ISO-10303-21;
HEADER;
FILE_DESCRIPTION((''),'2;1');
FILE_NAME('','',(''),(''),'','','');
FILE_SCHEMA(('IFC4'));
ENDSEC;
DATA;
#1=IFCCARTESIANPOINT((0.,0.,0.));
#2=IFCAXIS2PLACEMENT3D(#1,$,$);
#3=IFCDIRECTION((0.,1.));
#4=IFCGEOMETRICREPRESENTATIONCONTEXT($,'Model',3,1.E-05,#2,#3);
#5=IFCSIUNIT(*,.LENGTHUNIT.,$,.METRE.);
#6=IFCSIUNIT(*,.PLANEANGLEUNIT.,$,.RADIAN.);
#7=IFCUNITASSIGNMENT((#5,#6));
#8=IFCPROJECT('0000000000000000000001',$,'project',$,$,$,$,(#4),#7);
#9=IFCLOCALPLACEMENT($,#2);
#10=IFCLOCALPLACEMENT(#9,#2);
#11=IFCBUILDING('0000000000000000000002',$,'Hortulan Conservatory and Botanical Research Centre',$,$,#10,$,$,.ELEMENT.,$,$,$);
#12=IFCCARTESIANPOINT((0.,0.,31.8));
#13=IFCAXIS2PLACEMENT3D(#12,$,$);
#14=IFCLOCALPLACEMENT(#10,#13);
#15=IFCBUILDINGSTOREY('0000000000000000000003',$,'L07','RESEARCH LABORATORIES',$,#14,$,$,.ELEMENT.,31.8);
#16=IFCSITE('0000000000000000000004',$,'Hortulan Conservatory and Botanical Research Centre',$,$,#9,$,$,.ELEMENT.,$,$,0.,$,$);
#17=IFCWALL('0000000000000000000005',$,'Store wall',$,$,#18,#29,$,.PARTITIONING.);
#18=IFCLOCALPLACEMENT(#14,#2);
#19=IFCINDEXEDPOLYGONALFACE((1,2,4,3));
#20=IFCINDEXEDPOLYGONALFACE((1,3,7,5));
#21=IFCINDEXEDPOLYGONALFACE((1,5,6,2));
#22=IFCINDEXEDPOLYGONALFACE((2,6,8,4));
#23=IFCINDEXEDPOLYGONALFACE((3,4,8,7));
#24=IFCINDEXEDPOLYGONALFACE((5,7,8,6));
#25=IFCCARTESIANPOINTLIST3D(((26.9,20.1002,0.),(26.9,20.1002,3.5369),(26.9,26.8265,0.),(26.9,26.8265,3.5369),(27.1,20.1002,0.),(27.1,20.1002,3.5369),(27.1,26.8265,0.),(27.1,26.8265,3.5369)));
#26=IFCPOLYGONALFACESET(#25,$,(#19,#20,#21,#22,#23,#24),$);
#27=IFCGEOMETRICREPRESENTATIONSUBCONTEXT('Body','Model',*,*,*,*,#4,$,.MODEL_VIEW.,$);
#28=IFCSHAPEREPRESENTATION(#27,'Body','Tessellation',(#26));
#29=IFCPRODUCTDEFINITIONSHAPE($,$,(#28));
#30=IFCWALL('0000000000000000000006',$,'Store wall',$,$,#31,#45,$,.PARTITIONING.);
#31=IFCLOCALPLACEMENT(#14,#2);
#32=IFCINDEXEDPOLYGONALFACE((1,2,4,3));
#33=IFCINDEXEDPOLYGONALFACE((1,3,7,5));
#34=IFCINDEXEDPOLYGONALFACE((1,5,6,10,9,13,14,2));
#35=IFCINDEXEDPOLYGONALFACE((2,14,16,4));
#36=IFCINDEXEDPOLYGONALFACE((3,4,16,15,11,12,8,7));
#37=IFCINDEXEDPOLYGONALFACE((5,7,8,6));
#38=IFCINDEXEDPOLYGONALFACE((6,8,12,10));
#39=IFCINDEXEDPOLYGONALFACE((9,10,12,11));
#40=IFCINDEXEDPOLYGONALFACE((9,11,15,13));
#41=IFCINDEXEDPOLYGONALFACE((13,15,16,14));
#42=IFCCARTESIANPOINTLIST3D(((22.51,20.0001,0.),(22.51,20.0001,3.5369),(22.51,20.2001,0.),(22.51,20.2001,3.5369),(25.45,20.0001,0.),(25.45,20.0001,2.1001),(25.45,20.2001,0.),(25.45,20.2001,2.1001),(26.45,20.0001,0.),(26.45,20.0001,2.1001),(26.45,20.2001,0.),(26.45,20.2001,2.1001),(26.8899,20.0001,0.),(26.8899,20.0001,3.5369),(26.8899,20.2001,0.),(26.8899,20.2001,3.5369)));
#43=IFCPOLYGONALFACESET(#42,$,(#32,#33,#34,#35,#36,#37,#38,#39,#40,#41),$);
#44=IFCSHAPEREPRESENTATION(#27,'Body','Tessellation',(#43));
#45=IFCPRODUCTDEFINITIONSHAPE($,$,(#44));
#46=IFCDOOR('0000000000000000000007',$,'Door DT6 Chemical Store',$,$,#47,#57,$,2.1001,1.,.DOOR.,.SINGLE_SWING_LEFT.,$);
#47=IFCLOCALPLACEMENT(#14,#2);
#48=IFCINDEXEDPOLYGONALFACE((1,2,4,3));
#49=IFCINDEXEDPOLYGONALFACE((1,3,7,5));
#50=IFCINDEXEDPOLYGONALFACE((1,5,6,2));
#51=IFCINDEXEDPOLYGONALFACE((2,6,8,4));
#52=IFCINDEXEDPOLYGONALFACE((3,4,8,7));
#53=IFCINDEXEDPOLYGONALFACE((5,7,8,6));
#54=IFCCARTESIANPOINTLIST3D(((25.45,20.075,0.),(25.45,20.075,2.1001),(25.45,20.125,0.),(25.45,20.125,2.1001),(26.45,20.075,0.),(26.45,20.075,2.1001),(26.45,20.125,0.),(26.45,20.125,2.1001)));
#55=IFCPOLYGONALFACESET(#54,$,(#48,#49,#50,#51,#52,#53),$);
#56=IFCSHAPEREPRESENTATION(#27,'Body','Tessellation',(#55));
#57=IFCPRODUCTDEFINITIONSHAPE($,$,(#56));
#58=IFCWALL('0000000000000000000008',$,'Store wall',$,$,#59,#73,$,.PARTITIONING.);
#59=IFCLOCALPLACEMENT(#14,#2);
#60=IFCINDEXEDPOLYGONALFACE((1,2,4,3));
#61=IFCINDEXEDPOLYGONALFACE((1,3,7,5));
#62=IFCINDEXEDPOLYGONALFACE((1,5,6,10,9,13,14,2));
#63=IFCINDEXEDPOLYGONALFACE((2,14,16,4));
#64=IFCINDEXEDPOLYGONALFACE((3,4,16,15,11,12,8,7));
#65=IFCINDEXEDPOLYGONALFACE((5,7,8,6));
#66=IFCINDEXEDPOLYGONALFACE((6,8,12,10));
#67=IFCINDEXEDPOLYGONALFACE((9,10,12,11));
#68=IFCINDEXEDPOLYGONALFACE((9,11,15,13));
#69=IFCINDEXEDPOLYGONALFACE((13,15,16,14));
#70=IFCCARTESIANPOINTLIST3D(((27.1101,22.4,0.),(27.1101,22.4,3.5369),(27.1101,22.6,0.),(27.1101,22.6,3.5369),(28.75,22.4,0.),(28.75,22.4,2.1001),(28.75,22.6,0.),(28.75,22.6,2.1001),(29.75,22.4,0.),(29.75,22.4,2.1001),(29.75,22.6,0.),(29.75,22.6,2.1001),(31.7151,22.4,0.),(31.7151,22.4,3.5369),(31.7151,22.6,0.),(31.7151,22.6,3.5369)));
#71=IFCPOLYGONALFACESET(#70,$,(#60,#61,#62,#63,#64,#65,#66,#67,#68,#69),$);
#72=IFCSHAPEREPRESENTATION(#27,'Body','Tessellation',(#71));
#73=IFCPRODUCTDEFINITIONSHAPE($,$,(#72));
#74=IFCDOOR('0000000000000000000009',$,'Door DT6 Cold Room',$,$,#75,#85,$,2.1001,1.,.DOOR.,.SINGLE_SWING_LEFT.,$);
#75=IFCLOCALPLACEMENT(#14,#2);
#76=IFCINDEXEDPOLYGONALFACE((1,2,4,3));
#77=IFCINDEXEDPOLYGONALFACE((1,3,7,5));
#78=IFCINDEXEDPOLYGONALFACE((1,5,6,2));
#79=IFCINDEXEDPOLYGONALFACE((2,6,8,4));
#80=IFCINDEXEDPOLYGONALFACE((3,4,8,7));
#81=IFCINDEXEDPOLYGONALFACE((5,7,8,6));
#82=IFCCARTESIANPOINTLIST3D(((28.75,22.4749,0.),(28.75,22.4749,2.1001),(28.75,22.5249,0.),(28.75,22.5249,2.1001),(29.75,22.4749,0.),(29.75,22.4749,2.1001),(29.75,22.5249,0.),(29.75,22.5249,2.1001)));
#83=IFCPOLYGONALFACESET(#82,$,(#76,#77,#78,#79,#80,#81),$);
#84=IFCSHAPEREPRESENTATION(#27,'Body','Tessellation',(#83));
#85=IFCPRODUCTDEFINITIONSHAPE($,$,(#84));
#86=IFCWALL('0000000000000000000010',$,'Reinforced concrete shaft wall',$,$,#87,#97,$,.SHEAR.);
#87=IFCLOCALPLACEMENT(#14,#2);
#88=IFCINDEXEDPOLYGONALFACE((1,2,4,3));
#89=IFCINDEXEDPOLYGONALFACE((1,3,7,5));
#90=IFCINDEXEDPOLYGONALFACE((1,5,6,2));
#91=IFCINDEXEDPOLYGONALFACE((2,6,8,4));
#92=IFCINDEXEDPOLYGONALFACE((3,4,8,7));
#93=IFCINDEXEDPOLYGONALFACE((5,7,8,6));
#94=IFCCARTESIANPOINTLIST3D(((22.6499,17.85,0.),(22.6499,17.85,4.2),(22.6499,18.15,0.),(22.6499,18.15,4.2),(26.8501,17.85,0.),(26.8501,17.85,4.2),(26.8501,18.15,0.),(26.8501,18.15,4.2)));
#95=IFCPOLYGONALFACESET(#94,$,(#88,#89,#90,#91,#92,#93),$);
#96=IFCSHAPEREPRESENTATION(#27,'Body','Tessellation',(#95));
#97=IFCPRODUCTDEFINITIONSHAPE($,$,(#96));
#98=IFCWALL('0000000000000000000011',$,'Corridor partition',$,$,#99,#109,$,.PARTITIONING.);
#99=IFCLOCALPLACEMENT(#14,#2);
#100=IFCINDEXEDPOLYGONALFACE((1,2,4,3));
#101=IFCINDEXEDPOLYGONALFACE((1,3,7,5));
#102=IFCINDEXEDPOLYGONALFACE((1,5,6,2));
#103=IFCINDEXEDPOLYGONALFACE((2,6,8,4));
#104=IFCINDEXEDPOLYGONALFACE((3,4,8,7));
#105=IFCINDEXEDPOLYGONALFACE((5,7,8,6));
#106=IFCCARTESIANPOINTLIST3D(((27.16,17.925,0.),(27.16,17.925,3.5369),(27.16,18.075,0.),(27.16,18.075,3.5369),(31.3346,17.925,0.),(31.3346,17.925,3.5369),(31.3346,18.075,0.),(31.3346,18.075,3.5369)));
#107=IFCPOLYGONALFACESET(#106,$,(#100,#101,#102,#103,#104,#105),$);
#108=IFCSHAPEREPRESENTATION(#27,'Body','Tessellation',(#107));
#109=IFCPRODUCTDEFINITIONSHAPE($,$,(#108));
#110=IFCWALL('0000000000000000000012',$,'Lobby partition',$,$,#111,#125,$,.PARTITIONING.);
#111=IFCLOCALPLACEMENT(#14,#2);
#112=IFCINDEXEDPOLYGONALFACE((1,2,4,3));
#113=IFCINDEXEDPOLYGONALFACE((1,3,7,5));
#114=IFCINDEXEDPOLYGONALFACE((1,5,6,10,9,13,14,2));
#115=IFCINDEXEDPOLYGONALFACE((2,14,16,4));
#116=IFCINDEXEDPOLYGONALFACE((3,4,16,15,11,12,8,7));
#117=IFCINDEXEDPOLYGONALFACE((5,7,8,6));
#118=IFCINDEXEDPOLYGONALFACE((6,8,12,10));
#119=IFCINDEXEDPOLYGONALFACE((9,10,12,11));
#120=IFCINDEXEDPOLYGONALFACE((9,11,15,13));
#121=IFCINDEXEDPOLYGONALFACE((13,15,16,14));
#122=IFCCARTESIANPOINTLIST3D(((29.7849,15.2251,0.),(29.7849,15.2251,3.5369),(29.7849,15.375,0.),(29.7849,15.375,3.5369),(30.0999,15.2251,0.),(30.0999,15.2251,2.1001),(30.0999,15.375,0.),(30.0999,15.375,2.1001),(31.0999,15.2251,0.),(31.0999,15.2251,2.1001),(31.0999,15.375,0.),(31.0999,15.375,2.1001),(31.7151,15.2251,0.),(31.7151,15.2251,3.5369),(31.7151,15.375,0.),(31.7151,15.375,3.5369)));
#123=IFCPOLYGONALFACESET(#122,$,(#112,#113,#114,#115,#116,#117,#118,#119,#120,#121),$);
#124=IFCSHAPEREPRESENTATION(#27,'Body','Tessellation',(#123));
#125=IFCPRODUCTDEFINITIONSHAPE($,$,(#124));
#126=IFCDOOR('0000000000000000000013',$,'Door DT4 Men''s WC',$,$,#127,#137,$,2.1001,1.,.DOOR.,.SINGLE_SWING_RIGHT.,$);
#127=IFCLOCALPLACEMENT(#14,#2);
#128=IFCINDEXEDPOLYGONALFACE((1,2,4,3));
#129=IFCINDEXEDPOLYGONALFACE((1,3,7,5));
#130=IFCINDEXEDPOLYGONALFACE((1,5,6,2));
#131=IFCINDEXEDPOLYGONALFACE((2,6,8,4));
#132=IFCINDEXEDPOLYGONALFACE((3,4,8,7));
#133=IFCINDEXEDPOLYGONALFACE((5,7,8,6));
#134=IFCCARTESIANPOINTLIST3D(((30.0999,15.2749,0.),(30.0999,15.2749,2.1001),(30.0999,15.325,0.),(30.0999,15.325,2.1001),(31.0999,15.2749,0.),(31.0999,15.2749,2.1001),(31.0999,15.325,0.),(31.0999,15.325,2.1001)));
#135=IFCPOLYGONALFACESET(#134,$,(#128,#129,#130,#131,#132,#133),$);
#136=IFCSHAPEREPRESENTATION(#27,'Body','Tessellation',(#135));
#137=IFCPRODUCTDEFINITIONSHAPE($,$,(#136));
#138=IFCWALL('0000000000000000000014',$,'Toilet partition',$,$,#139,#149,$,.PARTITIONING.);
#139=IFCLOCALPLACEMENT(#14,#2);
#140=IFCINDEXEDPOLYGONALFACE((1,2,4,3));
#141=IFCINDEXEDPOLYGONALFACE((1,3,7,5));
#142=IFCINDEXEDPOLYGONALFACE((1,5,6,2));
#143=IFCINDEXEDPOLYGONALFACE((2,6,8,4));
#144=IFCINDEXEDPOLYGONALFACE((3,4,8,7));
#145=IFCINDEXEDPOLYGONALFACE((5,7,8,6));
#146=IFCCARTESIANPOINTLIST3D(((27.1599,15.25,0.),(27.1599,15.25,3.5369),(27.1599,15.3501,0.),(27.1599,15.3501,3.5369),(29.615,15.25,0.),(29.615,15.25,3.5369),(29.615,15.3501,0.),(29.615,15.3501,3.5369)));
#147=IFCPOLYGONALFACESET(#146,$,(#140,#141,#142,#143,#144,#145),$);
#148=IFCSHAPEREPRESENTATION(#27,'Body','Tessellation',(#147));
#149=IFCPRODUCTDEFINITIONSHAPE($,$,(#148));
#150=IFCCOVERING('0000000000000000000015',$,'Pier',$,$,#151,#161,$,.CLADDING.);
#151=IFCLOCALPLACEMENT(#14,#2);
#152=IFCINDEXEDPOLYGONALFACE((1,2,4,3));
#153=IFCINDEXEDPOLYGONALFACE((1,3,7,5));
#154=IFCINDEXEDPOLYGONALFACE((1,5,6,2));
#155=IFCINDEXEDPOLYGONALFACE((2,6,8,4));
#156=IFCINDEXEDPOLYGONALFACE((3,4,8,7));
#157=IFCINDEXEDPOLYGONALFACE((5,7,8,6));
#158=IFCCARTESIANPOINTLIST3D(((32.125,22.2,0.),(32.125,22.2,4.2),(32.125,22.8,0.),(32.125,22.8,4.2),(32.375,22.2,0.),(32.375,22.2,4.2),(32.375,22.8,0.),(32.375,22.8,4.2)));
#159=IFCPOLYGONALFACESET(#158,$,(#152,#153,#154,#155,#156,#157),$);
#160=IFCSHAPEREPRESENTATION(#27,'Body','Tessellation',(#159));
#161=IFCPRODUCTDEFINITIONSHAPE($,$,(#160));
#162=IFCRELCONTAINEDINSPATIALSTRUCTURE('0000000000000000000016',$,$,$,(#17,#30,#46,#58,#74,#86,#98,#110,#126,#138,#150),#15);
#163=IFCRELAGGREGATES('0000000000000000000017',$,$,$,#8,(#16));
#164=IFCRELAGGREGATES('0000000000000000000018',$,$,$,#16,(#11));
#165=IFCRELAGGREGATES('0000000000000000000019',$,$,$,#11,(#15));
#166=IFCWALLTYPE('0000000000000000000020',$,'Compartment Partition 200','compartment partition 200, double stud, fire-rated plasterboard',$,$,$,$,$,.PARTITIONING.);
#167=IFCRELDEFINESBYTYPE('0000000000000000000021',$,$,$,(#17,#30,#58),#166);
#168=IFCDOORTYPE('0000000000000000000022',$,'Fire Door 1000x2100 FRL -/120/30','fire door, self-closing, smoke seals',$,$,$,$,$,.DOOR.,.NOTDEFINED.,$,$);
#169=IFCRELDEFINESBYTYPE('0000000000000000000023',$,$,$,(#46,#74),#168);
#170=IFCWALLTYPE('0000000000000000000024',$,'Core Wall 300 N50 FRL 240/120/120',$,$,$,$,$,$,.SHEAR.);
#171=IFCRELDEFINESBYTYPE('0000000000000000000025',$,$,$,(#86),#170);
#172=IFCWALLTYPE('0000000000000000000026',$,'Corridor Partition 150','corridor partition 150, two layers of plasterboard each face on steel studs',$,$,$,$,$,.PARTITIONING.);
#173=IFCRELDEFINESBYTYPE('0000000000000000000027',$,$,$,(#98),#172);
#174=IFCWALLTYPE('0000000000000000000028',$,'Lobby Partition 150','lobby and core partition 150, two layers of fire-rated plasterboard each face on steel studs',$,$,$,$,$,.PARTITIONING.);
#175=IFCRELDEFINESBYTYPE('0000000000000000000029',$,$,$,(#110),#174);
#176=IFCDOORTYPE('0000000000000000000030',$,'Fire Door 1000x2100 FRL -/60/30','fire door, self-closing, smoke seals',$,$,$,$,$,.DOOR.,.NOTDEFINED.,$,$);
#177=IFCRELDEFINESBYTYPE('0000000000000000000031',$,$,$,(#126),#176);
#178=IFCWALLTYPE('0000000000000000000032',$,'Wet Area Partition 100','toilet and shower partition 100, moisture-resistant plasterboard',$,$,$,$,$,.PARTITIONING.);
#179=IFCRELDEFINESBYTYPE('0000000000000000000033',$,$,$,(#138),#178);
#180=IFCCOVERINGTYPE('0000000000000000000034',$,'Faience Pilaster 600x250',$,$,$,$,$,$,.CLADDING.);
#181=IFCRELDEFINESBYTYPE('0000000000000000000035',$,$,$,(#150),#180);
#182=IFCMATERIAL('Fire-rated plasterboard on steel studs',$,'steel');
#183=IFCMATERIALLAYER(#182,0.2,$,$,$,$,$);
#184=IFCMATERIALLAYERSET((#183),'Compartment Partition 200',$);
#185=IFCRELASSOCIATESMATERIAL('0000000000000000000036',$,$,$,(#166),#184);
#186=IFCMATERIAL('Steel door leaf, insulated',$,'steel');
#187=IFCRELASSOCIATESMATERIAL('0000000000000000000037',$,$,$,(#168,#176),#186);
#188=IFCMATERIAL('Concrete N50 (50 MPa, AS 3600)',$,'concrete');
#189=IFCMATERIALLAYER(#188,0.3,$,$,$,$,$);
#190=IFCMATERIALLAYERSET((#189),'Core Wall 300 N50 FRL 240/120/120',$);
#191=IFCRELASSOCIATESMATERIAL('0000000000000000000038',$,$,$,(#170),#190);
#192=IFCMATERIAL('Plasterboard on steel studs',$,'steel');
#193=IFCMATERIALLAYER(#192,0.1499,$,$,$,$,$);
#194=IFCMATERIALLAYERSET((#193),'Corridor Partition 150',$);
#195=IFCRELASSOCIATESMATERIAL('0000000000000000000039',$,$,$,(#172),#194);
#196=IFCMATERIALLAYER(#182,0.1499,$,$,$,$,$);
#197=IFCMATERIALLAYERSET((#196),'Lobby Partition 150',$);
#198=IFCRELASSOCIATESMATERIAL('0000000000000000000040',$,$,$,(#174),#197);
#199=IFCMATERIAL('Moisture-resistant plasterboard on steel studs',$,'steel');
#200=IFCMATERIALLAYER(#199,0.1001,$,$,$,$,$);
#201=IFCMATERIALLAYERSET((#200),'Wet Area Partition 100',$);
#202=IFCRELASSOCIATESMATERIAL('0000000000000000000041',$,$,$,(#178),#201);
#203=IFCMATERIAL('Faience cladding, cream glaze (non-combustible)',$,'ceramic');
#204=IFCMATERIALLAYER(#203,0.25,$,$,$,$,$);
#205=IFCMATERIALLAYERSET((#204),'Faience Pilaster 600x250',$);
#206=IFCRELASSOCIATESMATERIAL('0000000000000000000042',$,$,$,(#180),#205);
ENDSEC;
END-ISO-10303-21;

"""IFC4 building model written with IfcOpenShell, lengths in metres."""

from ifc_helpers import new_model, si_unit, direction, frame, frame_2d, origin, origin_2d, place, context, subcontext, project, spatial, rectangle, extrude, material, layer, layer_set, type_object, element, fill, save


model = new_model("IFC4")

# Units and contexts
model_context = context("Model", 3, precision=1e-05, world=origin(), true_north=direction((0.0, 1.0)))
body_context = subcontext(model_context, "Body", "Model", "MODEL_VIEW")
ifc_project = project(units=[si_unit("LENGTHUNIT", "METRE"), si_unit("PLANEANGLEUNIT", "RADIAN")], contexts=[model_context])

# Site, building, storey
site_placement = place(None, origin())
site = spatial("IfcSite", under=ifc_project, at=site_placement, Name="Hortulan Conservatory and Botanical Research Centre", CompositionType="ELEMENT", RefElevation=0.0)
building_placement = place(site_placement, origin())
building = spatial("IfcBuilding", under=site, at=building_placement, Name="Hortulan Conservatory and Botanical Research Centre", CompositionType="ELEMENT")
storey_placement = place(building_placement, frame((0.0, 0.0, 31.8)))
storey = spatial("IfcBuildingStorey", under=building, at=storey_placement, Name="L07", Description="RESEARCH LABORATORIES", CompositionType="ELEMENT", Elevation=31.8)

# Wall
ifc_material_1 = material(Name="Fire-rated plasterboard on steel studs", Category="steel")
ifc_layer_1 = layer(ifc_material_1, 0.2)
ifc_layer_set_1 = layer_set([ifc_layer_1], Name="Compartment Partition 200")
wall_type_1 = type_object("IfcWallType", Name="Compartment Partition 200", Description="compartment partition 200, double stud, fire-rated plasterboard", PredefinedType="PARTITIONING", material=ifc_layer_set_1)
wall_1_placement = place(storey_placement, frame((27.0, 20.1001, 0.0), z_axis=(0.0, 0.0, 1.0), x_axis=(0.0, 1.0, 0.0)))
element("IfcWall", 1, at=wall_1_placement, inside=storey, type_object=wall_type_1, Name="Store wall", PredefinedType="PARTITIONING", context=body_context, shape_type="SweptSolid", body=[
    extrude(rectangle(XDim=6.7263, YDim=0.2, at=frame_2d((3.3633, 0.0))), origin(), (0.0, 0.0, 1.0), 3.5369),
])

# Walls, openings, doors
wall_2_placement = place(storey_placement, frame((22.51, 20.1001, 0.0), z_axis=(0.0, 0.0, 1.0), x_axis=(1.0, 0.0, 0.0)))
wall_2 = element("IfcWall", 2, at=wall_2_placement, inside=storey, type_object=wall_type_1, Name="Store wall", PredefinedType="PARTITIONING", context=body_context, shape_type="SweptSolid", body=[
    extrude(rectangle(XDim=4.3799, YDim=0.2, at=frame_2d((2.1899, 0.0))), origin(), (0.0, 0.0, 1.0), 3.5369),
])
opening_1_placement = place(wall_2_placement, frame((2.9399, 0.0, 0.0)))
opening_1 = element("IfcOpeningElement", 3, at=opening_1_placement, cuts=wall_2, PredefinedType="OPENING", context=body_context, shape_type="SweptSolid", body=[
    extrude(rectangle(XDim=1.0, YDim=2.1001, at=frame_2d((0.5, 1.05))), frame((0.0, 0.1099, 0.0), z_axis=(0.0, -1.0, 0.0), x_axis=(1.0, 0.0, 0.0)), (0.0, 0.0, 1.0), 0.22),
])
ifc_material_2 = material(Name="Steel door leaf, insulated", Category="steel")
door_type_1 = type_object("IfcDoorType", Name="Fire Door 1000x2100 FRL -/120/30", Description="fire door, self-closing, smoke seals", OperationType="NOTDEFINED", PredefinedType="DOOR", material=ifc_material_2)
door_1_placement = place(opening_1_placement, origin())
door_1 = element("IfcDoor", 4, at=door_1_placement, inside=storey, type_object=door_type_1, Name="Door DT6 Chemical Store", OperationType="SINGLE_SWING_LEFT", OverallHeight=2.1001, OverallWidth=1.0, PredefinedType="DOOR", context=body_context, shape_type="SweptSolid", body=[
    extrude(rectangle(XDim=1.0, YDim=2.1001, at=frame_2d((0.5, 1.05))), frame((0.0, 0.0249, 0.0), z_axis=(0.0, -1.0, 0.0), x_axis=(1.0, 0.0, 0.0)), (0.0, 0.0, 1.0), 0.05),
])
fill(opening_1, door_1)
wall_3_placement = place(storey_placement, frame((27.1101, 22.5, 0.0), z_axis=(0.0, 0.0, 1.0), x_axis=(1.0, 0.0, 0.0)))
wall_3 = element("IfcWall", 5, at=wall_3_placement, inside=storey, type_object=wall_type_1, Name="Store wall", PredefinedType="PARTITIONING", context=body_context, shape_type="SweptSolid", body=[
    extrude(rectangle(XDim=4.605, YDim=0.2, at=frame_2d((2.3025, 0.0))), origin(), (0.0, 0.0, 1.0), 3.5369),
])
opening_2_placement = place(wall_3_placement, frame((1.6399, 0.0, 0.0)))
opening_2 = element("IfcOpeningElement", 6, at=opening_2_placement, cuts=wall_3, PredefinedType="OPENING", context=body_context, shape_type="SweptSolid", body=[
    extrude(rectangle(XDim=1.0, YDim=2.1001, at=frame_2d((0.5, 1.05))), frame((0.0, 0.1099, 0.0), z_axis=(0.0, -1.0, 0.0), x_axis=(1.0, 0.0, 0.0)), (0.0, 0.0, 1.0), 0.22),
])
door_2_placement = place(opening_2_placement, origin())
door_2 = element("IfcDoor", 7, at=door_2_placement, inside=storey, type_object=door_type_1, Name="Door DT6 Cold Room", OperationType="SINGLE_SWING_LEFT", OverallHeight=2.1001, OverallWidth=1.0, PredefinedType="DOOR", context=body_context, shape_type="SweptSolid", body=[
    extrude(rectangle(XDim=1.0, YDim=2.1001, at=frame_2d((0.5, 1.05))), frame((0.0, 0.0249, 0.0), z_axis=(0.0, -1.0, 0.0), x_axis=(1.0, 0.0, 0.0)), (0.0, 0.0, 1.0), 0.05),
])
fill(opening_2, door_2)

# Walls
ifc_material_3 = material(Name="Concrete N50 (50 MPa, AS 3600)", Category="concrete")
ifc_layer_2 = layer(ifc_material_3, 0.3)
ifc_layer_set_2 = layer_set([ifc_layer_2], Name="Core Wall 300 N50 FRL 240/120/120")
wall_type_2 = type_object("IfcWallType", Name="Core Wall 300 N50 FRL 240/120/120", PredefinedType="SHEAR", material=ifc_layer_set_2)
wall_4_placement = place(storey_placement, frame((22.6499, 18.0, 0.0), z_axis=(0.0, 0.0, 1.0), x_axis=(1.0, 0.0, 0.0)))
element("IfcWall", 8, at=wall_4_placement, inside=storey, type_object=wall_type_2, Name="Reinforced concrete shaft wall", PredefinedType="SHEAR", context=body_context, shape_type="SweptSolid", body=[
    extrude(rectangle(XDim=4.2002, YDim=0.3, at=frame_2d((2.1001, 0.0))), origin(), (0.0, 0.0, 1.0), 4.2),
])
ifc_material_4 = material(Name="Plasterboard on steel studs", Category="steel")
ifc_layer_3 = layer(ifc_material_4, 0.1499)
ifc_layer_set_3 = layer_set([ifc_layer_3], Name="Corridor Partition 150")
wall_type_3 = type_object("IfcWallType", Name="Corridor Partition 150", Description="corridor partition 150, two layers of plasterboard each face on steel studs", PredefinedType="PARTITIONING", material=ifc_layer_set_3)
wall_5_placement = place(storey_placement, frame((27.1599, 18.0, 0.0), z_axis=(0.0, 0.0, 1.0), x_axis=(1.0, 0.0, 0.0)))
element("IfcWall", 9, at=wall_5_placement, inside=storey, type_object=wall_type_3, Name="Corridor partition", PredefinedType="PARTITIONING", context=body_context, shape_type="SweptSolid", body=[
    extrude(rectangle(XDim=4.1746, YDim=0.1499, at=frame_2d((2.0874, 0.0))), origin(), (0.0, 0.0, 1.0), 3.5369),
])

# Wall, opening, door
ifc_layer_4 = layer(ifc_material_1, 0.1499)
ifc_layer_set_4 = layer_set([ifc_layer_4], Name="Lobby Partition 150")
wall_type_4 = type_object("IfcWallType", Name="Lobby Partition 150", Description="lobby and core partition 150, two layers of fire-rated plasterboard each face on steel studs", PredefinedType="PARTITIONING", material=ifc_layer_set_4)
wall_6_placement = place(storey_placement, frame((29.7849, 15.3, 0.0), z_axis=(0.0, 0.0, 1.0), x_axis=(1.0, 0.0, 0.0)))
wall_6 = element("IfcWall", 10, at=wall_6_placement, inside=storey, type_object=wall_type_4, Name="Lobby partition", PredefinedType="PARTITIONING", context=body_context, shape_type="SweptSolid", body=[
    extrude(rectangle(XDim=1.9302, YDim=0.1499, at=frame_2d((0.9651, 0.0))), origin(), (0.0, 0.0, 1.0), 3.5369),
])
opening_3_placement = place(wall_6_placement, frame((0.3149, 0.0, 0.0)))
opening_3 = element("IfcOpeningElement", 11, at=opening_3_placement, cuts=wall_6, PredefinedType="OPENING", context=body_context, shape_type="SweptSolid", body=[
    extrude(rectangle(XDim=1.0, YDim=2.1001, at=frame_2d((0.5, 1.05))), frame((0.0, 0.085, 0.0), z_axis=(0.0, -1.0, 0.0), x_axis=(1.0, 0.0, 0.0)), (0.0, 0.0, 1.0), 0.1699),
])
door_type_2 = type_object("IfcDoorType", Name="Fire Door 1000x2100 FRL -/60/30", Description="fire door, self-closing, smoke seals", OperationType="NOTDEFINED", PredefinedType="DOOR", material=ifc_material_2)
door_3_placement = place(opening_3_placement, origin())
door_3 = element("IfcDoor", 12, at=door_3_placement, inside=storey, type_object=door_type_2, Name="Door DT4 Men's WC", OperationType="SINGLE_SWING_RIGHT", OverallHeight=2.1001, OverallWidth=1.0, PredefinedType="DOOR", context=body_context, shape_type="SweptSolid", body=[
    extrude(rectangle(XDim=1.0, YDim=2.1001, at=frame_2d((0.5, 1.05))), frame((0.0, 0.0249, 0.0), z_axis=(0.0, -1.0, 0.0), x_axis=(1.0, 0.0, 0.0)), (0.0, 0.0, 1.0), 0.05),
])
fill(opening_3, door_3)

# Wall
ifc_material_5 = material(Name="Moisture-resistant plasterboard on steel studs", Category="steel")
ifc_layer_5 = layer(ifc_material_5, 0.1001)
ifc_layer_set_5 = layer_set([ifc_layer_5], Name="Wet Area Partition 100")
wall_type_5 = type_object("IfcWallType", Name="Wet Area Partition 100", Description="toilet and shower partition 100, moisture-resistant plasterboard", PredefinedType="PARTITIONING", material=ifc_layer_set_5)
wall_7_placement = place(storey_placement, frame((27.1599, 15.3, 0.0), z_axis=(0.0, 0.0, 1.0), x_axis=(1.0, 0.0, 0.0)))
element("IfcWall", 13, at=wall_7_placement, inside=storey, type_object=wall_type_5, Name="Toilet partition", PredefinedType="PARTITIONING", context=body_context, shape_type="SweptSolid", body=[
    extrude(rectangle(XDim=2.4551, YDim=0.1001, at=frame_2d((1.2275, 0.0))), origin(), (0.0, 0.0, 1.0), 3.5369),
])

# Covering
ifc_material_6 = material(Name="Faience cladding, cream glaze (non-combustible)", Category="ceramic")
ifc_layer_6 = layer(ifc_material_6, 0.25)
ifc_layer_set_6 = layer_set([ifc_layer_6], Name="Faience Pilaster 600x250")
covering_type = type_object("IfcCoveringType", Name="Faience Pilaster 600x250", PredefinedType="CLADDING", material=ifc_layer_set_6)
covering_placement = place(storey_placement, frame((32.25, 22.5, 0.0), z_axis=(0.0, 0.0, 1.0), x_axis=(0.0, 1.0, 0.0)))
element("IfcCovering", 14, at=covering_placement, inside=storey, type_object=covering_type, Name="Pier", PredefinedType="CLADDING", context=body_context, shape_type="SweptSolid", body=[
    extrude(rectangle(XDim=0.6001, YDim=0.25, at=origin_2d()), origin(), (0.0, 0.0, 1.0), 4.2),
])

save(model, "model.ifc")
